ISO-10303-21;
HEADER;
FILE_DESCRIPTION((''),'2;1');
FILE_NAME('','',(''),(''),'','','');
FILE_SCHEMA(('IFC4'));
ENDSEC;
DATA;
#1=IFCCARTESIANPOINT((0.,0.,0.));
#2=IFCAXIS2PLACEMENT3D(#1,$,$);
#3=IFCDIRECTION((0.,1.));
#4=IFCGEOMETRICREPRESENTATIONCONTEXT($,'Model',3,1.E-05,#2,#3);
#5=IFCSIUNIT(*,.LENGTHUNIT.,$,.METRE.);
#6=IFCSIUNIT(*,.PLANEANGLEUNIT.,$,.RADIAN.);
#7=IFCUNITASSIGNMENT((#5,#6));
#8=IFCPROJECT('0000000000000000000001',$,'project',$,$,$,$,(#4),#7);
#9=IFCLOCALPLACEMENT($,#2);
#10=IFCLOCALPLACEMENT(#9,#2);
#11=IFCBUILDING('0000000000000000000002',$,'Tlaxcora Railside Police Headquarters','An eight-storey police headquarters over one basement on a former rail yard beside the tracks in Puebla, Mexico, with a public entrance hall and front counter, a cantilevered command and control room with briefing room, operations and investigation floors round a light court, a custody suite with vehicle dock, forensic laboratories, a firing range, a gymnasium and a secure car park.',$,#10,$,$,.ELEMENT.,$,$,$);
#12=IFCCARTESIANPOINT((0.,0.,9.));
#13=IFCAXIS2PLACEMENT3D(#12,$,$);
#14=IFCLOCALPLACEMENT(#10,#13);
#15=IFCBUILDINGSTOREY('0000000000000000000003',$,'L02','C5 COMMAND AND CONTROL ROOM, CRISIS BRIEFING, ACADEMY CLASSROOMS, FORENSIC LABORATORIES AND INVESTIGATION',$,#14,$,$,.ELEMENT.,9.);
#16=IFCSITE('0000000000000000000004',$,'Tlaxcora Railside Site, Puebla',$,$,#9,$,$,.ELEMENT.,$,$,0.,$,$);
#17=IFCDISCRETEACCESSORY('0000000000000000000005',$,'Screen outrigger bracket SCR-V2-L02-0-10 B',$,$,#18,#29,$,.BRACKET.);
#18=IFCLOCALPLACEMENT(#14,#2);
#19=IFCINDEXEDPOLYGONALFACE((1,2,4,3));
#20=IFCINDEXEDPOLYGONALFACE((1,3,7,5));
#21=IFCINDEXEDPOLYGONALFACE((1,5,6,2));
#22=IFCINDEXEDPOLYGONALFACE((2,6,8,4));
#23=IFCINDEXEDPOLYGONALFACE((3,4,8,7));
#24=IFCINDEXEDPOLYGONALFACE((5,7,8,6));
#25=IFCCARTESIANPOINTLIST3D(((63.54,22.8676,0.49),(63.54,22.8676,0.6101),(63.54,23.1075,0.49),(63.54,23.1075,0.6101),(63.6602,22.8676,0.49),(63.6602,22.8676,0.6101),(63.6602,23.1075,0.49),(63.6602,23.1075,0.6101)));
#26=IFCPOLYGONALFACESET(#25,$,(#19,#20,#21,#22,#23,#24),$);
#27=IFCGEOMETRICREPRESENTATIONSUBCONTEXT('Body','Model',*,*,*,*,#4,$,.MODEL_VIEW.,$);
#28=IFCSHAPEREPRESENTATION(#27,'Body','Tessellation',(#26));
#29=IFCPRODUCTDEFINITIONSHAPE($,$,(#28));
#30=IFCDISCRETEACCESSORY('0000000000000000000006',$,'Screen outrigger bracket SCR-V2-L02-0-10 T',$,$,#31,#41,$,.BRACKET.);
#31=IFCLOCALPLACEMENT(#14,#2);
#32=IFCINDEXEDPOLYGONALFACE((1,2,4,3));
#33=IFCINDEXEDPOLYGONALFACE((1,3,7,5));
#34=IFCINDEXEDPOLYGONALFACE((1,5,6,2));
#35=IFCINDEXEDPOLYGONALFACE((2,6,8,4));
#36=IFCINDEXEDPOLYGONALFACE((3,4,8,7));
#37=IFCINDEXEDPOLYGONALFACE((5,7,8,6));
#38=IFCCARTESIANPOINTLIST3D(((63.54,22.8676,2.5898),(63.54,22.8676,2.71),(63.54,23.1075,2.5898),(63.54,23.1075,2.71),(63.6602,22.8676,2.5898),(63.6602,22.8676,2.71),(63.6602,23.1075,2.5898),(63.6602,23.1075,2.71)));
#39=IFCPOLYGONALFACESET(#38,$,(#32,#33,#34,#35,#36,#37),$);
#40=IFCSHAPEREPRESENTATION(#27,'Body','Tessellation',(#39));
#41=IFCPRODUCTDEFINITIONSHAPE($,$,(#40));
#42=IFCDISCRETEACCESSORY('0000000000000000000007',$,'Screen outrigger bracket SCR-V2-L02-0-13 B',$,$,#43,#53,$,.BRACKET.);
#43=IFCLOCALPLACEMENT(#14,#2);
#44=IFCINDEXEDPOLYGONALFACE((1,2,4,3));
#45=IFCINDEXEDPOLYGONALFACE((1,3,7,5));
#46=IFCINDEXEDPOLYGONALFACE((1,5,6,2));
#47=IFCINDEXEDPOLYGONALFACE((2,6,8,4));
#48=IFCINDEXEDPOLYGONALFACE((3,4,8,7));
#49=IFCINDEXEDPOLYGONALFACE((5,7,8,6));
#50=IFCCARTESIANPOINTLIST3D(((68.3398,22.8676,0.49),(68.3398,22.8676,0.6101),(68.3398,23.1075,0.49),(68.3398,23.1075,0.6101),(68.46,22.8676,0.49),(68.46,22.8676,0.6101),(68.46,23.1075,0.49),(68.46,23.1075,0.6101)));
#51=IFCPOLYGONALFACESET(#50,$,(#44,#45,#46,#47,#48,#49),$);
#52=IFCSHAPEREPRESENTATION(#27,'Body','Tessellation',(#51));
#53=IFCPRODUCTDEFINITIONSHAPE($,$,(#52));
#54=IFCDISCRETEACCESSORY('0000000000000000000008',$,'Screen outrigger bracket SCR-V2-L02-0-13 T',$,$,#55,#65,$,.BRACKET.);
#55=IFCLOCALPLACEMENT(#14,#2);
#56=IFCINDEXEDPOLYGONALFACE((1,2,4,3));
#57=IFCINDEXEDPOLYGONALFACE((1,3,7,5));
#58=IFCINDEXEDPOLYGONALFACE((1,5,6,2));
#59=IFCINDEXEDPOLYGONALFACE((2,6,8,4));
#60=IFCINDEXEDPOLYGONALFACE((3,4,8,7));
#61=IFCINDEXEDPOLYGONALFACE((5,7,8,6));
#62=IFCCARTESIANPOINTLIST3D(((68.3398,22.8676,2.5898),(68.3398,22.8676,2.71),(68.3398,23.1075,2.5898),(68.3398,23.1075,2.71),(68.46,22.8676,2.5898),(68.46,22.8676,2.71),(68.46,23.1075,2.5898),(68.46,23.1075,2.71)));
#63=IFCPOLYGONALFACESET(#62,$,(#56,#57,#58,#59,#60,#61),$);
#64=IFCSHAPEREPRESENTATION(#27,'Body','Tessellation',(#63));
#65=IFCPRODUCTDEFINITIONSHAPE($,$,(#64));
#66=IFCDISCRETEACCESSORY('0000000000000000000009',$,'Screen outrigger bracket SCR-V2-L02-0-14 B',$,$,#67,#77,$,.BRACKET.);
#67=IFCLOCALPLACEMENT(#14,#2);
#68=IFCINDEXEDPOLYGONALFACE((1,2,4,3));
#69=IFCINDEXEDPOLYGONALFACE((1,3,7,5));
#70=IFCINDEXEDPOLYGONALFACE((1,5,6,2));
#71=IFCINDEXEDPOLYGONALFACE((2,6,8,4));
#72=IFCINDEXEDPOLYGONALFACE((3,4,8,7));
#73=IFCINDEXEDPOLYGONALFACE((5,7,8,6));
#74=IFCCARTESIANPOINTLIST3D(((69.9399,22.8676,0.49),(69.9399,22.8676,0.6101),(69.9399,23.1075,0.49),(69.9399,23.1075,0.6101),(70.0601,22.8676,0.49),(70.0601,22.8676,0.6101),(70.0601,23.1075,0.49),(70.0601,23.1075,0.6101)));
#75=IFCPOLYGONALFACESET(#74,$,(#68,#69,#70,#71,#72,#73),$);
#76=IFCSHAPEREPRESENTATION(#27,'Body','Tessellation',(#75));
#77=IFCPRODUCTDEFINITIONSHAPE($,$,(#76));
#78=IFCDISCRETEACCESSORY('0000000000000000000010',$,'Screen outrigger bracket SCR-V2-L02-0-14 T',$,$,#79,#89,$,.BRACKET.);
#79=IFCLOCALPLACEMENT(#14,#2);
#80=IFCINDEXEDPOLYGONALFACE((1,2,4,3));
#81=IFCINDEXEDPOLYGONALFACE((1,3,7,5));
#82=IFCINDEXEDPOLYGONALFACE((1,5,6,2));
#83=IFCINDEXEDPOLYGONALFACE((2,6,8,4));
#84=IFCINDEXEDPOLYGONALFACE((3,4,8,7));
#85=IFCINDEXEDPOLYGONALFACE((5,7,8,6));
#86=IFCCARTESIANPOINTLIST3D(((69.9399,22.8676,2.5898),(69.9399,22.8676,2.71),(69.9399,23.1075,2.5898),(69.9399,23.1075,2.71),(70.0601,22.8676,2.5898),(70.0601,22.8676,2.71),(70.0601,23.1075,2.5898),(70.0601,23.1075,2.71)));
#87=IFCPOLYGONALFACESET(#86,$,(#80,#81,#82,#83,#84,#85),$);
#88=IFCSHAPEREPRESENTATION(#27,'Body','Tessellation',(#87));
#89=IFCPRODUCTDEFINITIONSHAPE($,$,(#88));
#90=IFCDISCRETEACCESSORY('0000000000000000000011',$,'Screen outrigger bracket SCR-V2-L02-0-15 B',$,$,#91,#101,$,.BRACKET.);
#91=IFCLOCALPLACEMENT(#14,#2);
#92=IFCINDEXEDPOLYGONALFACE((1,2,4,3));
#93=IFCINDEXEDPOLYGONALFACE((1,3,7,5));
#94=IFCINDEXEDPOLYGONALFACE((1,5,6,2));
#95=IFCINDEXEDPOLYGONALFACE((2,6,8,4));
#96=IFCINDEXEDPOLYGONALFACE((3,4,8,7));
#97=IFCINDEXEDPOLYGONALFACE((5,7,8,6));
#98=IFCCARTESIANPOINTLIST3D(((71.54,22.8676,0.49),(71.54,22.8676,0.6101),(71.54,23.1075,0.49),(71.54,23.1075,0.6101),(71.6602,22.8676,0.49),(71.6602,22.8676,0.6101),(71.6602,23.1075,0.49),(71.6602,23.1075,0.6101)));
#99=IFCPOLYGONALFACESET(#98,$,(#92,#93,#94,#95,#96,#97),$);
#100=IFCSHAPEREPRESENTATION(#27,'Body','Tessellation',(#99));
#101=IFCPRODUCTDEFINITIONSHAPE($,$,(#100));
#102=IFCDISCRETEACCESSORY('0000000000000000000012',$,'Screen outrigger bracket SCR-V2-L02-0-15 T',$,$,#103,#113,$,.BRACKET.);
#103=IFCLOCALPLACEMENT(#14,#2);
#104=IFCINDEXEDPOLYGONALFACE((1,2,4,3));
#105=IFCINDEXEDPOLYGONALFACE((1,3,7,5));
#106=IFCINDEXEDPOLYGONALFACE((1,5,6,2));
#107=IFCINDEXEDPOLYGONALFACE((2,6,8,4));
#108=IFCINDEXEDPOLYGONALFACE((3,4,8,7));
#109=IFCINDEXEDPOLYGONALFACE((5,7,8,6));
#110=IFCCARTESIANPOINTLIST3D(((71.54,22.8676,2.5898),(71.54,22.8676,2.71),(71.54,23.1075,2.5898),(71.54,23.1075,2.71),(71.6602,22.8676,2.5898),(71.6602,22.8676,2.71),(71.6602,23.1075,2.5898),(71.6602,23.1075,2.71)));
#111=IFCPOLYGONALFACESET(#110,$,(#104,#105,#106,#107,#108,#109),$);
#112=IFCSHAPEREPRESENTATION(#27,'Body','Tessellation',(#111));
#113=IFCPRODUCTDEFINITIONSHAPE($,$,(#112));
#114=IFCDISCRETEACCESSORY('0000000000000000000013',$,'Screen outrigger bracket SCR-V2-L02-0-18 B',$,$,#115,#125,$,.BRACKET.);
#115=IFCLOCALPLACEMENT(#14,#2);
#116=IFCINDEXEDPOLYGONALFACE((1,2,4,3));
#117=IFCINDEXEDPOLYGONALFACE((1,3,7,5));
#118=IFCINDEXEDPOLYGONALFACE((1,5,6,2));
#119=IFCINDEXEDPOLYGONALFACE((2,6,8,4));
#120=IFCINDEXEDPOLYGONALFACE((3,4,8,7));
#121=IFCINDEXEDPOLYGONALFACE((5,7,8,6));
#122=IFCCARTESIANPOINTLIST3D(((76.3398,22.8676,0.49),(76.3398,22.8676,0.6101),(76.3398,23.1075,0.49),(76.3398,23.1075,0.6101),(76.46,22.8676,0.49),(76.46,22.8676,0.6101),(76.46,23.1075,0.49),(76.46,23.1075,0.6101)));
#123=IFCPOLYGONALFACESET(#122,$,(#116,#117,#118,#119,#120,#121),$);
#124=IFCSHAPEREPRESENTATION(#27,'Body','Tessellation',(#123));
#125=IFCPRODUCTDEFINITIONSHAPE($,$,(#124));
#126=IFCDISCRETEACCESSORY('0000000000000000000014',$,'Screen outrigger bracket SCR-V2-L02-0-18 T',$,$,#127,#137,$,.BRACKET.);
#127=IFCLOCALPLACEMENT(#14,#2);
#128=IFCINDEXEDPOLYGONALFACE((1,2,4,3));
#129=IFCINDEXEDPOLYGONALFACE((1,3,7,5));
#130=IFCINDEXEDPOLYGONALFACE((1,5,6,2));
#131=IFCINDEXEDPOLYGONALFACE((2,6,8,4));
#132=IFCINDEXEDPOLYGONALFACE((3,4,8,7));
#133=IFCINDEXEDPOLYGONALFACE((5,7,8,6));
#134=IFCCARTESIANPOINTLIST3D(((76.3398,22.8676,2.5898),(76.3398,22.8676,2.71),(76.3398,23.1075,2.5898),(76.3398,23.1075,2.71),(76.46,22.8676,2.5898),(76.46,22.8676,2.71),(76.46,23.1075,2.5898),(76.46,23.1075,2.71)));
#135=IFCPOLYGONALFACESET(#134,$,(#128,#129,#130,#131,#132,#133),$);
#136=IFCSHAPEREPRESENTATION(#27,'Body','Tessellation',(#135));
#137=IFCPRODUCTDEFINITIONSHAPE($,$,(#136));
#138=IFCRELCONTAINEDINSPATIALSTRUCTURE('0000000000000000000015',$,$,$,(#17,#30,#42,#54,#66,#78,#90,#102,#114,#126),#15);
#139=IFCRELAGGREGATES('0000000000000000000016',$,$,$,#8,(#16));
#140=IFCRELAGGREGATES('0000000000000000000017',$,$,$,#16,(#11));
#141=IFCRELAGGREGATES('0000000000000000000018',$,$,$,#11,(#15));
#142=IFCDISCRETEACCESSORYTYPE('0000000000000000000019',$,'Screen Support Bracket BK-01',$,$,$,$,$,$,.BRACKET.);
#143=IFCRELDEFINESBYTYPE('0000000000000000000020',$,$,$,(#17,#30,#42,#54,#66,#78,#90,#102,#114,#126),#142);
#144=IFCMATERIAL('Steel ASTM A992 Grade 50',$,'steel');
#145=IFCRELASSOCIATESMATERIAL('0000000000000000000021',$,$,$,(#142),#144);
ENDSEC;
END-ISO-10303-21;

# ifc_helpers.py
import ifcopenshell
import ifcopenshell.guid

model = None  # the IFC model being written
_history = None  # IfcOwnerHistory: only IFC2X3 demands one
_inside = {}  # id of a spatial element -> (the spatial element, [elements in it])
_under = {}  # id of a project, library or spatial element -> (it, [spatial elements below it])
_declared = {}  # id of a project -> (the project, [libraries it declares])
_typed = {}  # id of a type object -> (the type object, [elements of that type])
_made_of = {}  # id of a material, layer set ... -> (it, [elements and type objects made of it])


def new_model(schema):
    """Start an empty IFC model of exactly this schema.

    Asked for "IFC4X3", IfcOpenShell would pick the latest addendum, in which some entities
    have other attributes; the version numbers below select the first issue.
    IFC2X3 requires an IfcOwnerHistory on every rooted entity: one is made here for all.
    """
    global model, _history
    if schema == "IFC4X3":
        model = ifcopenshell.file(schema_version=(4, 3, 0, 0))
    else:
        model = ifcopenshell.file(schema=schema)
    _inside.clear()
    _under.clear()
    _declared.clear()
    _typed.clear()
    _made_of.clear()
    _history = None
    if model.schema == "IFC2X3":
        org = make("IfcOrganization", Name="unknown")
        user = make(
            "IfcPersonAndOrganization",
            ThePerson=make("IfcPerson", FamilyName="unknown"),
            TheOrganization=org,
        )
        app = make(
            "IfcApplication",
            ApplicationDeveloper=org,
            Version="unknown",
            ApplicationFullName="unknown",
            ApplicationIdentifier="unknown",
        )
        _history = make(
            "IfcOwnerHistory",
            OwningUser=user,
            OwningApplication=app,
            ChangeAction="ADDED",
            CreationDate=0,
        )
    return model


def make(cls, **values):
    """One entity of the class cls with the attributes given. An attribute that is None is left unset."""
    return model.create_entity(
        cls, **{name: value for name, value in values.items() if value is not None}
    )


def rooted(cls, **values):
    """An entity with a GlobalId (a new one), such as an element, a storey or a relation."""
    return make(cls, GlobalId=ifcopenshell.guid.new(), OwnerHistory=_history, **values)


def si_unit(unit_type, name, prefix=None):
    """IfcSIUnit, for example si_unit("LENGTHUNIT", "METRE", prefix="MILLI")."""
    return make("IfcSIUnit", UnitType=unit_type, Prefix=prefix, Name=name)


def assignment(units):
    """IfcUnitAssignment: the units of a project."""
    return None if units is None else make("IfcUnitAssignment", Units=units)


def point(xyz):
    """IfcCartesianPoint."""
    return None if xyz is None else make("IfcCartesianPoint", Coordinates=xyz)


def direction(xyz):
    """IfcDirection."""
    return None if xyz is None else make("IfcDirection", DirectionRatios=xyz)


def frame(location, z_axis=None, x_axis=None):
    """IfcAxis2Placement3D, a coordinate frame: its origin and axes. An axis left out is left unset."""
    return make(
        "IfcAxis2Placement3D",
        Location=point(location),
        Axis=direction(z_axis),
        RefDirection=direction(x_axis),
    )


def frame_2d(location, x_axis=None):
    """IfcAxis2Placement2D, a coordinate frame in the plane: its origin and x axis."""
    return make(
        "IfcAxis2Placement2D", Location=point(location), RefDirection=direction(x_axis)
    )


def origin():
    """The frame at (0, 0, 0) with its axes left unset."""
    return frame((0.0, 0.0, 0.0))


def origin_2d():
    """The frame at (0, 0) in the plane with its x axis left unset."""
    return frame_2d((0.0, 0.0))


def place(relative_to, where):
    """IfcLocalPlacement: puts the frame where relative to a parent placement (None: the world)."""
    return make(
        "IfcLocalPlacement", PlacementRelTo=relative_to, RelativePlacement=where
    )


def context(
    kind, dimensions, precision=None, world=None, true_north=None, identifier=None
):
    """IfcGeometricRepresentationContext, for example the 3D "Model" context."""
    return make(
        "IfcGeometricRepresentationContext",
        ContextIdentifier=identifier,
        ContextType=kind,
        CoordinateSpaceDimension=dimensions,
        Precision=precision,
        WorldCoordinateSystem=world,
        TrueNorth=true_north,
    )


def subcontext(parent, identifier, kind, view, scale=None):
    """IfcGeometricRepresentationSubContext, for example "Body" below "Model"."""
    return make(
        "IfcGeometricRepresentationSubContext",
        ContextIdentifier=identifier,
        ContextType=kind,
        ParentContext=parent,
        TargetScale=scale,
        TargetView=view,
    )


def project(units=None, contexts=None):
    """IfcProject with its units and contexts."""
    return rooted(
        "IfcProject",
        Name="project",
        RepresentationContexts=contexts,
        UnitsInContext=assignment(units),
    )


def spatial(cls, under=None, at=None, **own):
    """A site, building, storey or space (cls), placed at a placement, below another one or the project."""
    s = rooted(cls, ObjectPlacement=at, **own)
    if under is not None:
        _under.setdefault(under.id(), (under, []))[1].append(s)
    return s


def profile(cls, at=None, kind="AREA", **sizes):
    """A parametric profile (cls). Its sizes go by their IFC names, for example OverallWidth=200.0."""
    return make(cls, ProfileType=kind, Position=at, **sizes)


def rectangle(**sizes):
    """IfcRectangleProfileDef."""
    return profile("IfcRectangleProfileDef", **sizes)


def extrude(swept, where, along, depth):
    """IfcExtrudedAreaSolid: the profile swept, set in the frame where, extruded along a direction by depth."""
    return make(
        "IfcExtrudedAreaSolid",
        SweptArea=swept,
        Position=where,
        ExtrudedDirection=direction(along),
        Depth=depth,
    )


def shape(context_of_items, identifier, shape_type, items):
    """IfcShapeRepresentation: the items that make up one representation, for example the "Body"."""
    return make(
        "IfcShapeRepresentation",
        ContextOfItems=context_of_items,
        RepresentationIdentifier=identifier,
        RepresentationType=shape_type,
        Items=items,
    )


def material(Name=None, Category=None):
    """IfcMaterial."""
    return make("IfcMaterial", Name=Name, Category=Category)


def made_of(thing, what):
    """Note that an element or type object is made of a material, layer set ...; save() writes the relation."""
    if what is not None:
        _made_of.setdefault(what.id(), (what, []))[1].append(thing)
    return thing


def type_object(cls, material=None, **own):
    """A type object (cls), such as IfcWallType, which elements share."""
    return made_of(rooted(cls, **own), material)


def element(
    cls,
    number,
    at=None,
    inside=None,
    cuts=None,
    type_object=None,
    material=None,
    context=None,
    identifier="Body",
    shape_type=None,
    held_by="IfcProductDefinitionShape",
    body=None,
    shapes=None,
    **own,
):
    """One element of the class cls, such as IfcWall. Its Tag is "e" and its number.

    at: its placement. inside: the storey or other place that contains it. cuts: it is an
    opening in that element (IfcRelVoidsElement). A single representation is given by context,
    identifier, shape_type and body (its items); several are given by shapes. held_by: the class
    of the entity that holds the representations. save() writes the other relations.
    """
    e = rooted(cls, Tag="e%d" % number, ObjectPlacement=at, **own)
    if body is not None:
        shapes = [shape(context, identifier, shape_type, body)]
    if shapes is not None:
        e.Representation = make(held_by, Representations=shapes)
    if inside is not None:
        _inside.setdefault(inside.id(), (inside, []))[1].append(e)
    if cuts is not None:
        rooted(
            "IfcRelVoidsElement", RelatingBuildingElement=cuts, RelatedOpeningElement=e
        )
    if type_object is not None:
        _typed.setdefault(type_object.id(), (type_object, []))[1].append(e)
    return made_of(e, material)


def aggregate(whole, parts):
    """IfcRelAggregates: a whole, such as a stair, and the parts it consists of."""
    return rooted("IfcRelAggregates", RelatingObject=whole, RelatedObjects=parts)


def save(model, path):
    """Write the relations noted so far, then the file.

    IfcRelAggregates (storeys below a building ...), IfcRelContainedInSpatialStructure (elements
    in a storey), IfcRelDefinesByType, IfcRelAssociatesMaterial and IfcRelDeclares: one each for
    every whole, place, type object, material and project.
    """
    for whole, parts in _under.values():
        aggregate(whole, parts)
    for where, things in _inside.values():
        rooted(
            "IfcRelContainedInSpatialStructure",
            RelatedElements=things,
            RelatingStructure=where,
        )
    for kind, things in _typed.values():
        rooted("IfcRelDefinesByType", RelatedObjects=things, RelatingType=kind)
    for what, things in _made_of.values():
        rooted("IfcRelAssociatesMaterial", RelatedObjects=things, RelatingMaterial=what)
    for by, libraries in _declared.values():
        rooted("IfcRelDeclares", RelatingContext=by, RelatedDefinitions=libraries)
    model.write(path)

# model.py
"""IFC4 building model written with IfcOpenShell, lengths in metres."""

from ifc_helpers import new_model, si_unit, direction, frame, origin, origin_2d, place, context, subcontext, project, spatial, rectangle, extrude, material, type_object, element, save


model = new_model("IFC4")

# Units and contexts
model_context = context("Model", 3, precision=1e-05, world=origin(), true_north=direction((0.0, 1.0)))
body_context = subcontext(model_context, "Body", "Model", "MODEL_VIEW")
ifc_project = project(units=[si_unit("LENGTHUNIT", "METRE"), si_unit("PLANEANGLEUNIT", "RADIAN")], contexts=[model_context])

# Site, building, storey
site_placement = place(None, origin())
site = spatial("IfcSite", under=ifc_project, at=site_placement, Name="Tlaxcora Railside Site, Puebla", CompositionType="ELEMENT", RefElevation=0.0)
building_placement = place(site_placement, origin())
building = spatial("IfcBuilding", under=site, at=building_placement, Name="Tlaxcora Railside Police Headquarters", Description="An eight-storey police headquarters over one basement on a former rail yard beside the tracks in Puebla, Mexico, with a public entrance hall and front counter, a cantilevered command and control room with briefing room, operations and investigation floors round a light court, a custody suite with vehicle dock, forensic laboratories, a firing range, a gymnasium and a secure car park.", CompositionType="ELEMENT")
storey_placement = place(building_placement, frame((0.0, 0.0, 9.0)))
storey = spatial("IfcBuildingStorey", under=building, at=storey_placement, Name="L02", Description="C5 COMMAND AND CONTROL ROOM, CRISIS BRIEFING, ACADEMY CLASSROOMS, FORENSIC LABORATORIES AND INVESTIGATION", CompositionType="ELEMENT", Elevation=9.0)

# Shared definitions
ifc_material_1 = material(Name="Steel ASTM A992 Grade 50", Category="steel")

# Discrete accessories
discrete_accessory_type = type_object("IfcDiscreteAccessoryType", Name="Screen Support Bracket BK-01", PredefinedType="BRACKET", material=ifc_material_1)
for number, where, z_axis, x_axis, name in (
    (1, (63.6001, 22.9875, 0.49), (0.0, 0.0, 1.0), (1.0, 0.0, 0.0), "Screen outrigger bracket SCR-V2-L02-0-10 B"),
    (2, (63.6001, 22.9875, 2.5898), (0.0, 0.0, 1.0), (1.0, 0.0, 0.0), "Screen outrigger bracket SCR-V2-L02-0-10 T"),
    (3, (68.3999, 22.9875, 0.49), (0.0, 0.0, 1.0), (1.0, 0.0, 0.0), "Screen outrigger bracket SCR-V2-L02-0-13 B"),
    (4, (68.3999, 22.9875, 2.5898), (0.0, 0.0, 1.0), (1.0, 0.0, 0.0), "Screen outrigger bracket SCR-V2-L02-0-13 T"),
    (5, (70.0, 22.9875, 0.49), (0.0, 0.0, 1.0), (1.0, 0.0, 0.0), "Screen outrigger bracket SCR-V2-L02-0-14 B"),
    (6, (70.0, 22.9875, 2.5898), (0.0, 0.0, 1.0), (1.0, 0.0, 0.0), "Screen outrigger bracket SCR-V2-L02-0-14 T"),
    (7, (71.6001, 22.9875, 0.49), (0.0, 0.0, 1.0), (1.0, 0.0, 0.0), "Screen outrigger bracket SCR-V2-L02-0-15 B"),
    (8, (71.6001, 22.9875, 2.5898), (0.0, 0.0, 1.0), (1.0, 0.0, 0.0), "Screen outrigger bracket SCR-V2-L02-0-15 T"),
    (9, (76.3999, 22.9875, 0.49), (0.0, 0.0, 1.0), (1.0, 0.0, 0.0), "Screen outrigger bracket SCR-V2-L02-0-18 B"),
    (10, (76.3999, 22.9875, 2.5898), (0.0, 0.0, 1.0), (1.0, 0.0, 0.0), "Screen outrigger bracket SCR-V2-L02-0-18 T"),
):
    element("IfcDiscreteAccessory", number, at=place(storey_placement, frame(where, z_axis=z_axis, x_axis=x_axis)), inside=storey, type_object=discrete_accessory_type, Name=name, PredefinedType="BRACKET", context=body_context, shape_type="SweptSolid", body=[
        extrude(rectangle(XDim=0.1201, YDim=0.24, at=origin_2d()), origin(), (0.0, 0.0, 1.0), 0.1201),
    ])

save(model, "model.ifc")
